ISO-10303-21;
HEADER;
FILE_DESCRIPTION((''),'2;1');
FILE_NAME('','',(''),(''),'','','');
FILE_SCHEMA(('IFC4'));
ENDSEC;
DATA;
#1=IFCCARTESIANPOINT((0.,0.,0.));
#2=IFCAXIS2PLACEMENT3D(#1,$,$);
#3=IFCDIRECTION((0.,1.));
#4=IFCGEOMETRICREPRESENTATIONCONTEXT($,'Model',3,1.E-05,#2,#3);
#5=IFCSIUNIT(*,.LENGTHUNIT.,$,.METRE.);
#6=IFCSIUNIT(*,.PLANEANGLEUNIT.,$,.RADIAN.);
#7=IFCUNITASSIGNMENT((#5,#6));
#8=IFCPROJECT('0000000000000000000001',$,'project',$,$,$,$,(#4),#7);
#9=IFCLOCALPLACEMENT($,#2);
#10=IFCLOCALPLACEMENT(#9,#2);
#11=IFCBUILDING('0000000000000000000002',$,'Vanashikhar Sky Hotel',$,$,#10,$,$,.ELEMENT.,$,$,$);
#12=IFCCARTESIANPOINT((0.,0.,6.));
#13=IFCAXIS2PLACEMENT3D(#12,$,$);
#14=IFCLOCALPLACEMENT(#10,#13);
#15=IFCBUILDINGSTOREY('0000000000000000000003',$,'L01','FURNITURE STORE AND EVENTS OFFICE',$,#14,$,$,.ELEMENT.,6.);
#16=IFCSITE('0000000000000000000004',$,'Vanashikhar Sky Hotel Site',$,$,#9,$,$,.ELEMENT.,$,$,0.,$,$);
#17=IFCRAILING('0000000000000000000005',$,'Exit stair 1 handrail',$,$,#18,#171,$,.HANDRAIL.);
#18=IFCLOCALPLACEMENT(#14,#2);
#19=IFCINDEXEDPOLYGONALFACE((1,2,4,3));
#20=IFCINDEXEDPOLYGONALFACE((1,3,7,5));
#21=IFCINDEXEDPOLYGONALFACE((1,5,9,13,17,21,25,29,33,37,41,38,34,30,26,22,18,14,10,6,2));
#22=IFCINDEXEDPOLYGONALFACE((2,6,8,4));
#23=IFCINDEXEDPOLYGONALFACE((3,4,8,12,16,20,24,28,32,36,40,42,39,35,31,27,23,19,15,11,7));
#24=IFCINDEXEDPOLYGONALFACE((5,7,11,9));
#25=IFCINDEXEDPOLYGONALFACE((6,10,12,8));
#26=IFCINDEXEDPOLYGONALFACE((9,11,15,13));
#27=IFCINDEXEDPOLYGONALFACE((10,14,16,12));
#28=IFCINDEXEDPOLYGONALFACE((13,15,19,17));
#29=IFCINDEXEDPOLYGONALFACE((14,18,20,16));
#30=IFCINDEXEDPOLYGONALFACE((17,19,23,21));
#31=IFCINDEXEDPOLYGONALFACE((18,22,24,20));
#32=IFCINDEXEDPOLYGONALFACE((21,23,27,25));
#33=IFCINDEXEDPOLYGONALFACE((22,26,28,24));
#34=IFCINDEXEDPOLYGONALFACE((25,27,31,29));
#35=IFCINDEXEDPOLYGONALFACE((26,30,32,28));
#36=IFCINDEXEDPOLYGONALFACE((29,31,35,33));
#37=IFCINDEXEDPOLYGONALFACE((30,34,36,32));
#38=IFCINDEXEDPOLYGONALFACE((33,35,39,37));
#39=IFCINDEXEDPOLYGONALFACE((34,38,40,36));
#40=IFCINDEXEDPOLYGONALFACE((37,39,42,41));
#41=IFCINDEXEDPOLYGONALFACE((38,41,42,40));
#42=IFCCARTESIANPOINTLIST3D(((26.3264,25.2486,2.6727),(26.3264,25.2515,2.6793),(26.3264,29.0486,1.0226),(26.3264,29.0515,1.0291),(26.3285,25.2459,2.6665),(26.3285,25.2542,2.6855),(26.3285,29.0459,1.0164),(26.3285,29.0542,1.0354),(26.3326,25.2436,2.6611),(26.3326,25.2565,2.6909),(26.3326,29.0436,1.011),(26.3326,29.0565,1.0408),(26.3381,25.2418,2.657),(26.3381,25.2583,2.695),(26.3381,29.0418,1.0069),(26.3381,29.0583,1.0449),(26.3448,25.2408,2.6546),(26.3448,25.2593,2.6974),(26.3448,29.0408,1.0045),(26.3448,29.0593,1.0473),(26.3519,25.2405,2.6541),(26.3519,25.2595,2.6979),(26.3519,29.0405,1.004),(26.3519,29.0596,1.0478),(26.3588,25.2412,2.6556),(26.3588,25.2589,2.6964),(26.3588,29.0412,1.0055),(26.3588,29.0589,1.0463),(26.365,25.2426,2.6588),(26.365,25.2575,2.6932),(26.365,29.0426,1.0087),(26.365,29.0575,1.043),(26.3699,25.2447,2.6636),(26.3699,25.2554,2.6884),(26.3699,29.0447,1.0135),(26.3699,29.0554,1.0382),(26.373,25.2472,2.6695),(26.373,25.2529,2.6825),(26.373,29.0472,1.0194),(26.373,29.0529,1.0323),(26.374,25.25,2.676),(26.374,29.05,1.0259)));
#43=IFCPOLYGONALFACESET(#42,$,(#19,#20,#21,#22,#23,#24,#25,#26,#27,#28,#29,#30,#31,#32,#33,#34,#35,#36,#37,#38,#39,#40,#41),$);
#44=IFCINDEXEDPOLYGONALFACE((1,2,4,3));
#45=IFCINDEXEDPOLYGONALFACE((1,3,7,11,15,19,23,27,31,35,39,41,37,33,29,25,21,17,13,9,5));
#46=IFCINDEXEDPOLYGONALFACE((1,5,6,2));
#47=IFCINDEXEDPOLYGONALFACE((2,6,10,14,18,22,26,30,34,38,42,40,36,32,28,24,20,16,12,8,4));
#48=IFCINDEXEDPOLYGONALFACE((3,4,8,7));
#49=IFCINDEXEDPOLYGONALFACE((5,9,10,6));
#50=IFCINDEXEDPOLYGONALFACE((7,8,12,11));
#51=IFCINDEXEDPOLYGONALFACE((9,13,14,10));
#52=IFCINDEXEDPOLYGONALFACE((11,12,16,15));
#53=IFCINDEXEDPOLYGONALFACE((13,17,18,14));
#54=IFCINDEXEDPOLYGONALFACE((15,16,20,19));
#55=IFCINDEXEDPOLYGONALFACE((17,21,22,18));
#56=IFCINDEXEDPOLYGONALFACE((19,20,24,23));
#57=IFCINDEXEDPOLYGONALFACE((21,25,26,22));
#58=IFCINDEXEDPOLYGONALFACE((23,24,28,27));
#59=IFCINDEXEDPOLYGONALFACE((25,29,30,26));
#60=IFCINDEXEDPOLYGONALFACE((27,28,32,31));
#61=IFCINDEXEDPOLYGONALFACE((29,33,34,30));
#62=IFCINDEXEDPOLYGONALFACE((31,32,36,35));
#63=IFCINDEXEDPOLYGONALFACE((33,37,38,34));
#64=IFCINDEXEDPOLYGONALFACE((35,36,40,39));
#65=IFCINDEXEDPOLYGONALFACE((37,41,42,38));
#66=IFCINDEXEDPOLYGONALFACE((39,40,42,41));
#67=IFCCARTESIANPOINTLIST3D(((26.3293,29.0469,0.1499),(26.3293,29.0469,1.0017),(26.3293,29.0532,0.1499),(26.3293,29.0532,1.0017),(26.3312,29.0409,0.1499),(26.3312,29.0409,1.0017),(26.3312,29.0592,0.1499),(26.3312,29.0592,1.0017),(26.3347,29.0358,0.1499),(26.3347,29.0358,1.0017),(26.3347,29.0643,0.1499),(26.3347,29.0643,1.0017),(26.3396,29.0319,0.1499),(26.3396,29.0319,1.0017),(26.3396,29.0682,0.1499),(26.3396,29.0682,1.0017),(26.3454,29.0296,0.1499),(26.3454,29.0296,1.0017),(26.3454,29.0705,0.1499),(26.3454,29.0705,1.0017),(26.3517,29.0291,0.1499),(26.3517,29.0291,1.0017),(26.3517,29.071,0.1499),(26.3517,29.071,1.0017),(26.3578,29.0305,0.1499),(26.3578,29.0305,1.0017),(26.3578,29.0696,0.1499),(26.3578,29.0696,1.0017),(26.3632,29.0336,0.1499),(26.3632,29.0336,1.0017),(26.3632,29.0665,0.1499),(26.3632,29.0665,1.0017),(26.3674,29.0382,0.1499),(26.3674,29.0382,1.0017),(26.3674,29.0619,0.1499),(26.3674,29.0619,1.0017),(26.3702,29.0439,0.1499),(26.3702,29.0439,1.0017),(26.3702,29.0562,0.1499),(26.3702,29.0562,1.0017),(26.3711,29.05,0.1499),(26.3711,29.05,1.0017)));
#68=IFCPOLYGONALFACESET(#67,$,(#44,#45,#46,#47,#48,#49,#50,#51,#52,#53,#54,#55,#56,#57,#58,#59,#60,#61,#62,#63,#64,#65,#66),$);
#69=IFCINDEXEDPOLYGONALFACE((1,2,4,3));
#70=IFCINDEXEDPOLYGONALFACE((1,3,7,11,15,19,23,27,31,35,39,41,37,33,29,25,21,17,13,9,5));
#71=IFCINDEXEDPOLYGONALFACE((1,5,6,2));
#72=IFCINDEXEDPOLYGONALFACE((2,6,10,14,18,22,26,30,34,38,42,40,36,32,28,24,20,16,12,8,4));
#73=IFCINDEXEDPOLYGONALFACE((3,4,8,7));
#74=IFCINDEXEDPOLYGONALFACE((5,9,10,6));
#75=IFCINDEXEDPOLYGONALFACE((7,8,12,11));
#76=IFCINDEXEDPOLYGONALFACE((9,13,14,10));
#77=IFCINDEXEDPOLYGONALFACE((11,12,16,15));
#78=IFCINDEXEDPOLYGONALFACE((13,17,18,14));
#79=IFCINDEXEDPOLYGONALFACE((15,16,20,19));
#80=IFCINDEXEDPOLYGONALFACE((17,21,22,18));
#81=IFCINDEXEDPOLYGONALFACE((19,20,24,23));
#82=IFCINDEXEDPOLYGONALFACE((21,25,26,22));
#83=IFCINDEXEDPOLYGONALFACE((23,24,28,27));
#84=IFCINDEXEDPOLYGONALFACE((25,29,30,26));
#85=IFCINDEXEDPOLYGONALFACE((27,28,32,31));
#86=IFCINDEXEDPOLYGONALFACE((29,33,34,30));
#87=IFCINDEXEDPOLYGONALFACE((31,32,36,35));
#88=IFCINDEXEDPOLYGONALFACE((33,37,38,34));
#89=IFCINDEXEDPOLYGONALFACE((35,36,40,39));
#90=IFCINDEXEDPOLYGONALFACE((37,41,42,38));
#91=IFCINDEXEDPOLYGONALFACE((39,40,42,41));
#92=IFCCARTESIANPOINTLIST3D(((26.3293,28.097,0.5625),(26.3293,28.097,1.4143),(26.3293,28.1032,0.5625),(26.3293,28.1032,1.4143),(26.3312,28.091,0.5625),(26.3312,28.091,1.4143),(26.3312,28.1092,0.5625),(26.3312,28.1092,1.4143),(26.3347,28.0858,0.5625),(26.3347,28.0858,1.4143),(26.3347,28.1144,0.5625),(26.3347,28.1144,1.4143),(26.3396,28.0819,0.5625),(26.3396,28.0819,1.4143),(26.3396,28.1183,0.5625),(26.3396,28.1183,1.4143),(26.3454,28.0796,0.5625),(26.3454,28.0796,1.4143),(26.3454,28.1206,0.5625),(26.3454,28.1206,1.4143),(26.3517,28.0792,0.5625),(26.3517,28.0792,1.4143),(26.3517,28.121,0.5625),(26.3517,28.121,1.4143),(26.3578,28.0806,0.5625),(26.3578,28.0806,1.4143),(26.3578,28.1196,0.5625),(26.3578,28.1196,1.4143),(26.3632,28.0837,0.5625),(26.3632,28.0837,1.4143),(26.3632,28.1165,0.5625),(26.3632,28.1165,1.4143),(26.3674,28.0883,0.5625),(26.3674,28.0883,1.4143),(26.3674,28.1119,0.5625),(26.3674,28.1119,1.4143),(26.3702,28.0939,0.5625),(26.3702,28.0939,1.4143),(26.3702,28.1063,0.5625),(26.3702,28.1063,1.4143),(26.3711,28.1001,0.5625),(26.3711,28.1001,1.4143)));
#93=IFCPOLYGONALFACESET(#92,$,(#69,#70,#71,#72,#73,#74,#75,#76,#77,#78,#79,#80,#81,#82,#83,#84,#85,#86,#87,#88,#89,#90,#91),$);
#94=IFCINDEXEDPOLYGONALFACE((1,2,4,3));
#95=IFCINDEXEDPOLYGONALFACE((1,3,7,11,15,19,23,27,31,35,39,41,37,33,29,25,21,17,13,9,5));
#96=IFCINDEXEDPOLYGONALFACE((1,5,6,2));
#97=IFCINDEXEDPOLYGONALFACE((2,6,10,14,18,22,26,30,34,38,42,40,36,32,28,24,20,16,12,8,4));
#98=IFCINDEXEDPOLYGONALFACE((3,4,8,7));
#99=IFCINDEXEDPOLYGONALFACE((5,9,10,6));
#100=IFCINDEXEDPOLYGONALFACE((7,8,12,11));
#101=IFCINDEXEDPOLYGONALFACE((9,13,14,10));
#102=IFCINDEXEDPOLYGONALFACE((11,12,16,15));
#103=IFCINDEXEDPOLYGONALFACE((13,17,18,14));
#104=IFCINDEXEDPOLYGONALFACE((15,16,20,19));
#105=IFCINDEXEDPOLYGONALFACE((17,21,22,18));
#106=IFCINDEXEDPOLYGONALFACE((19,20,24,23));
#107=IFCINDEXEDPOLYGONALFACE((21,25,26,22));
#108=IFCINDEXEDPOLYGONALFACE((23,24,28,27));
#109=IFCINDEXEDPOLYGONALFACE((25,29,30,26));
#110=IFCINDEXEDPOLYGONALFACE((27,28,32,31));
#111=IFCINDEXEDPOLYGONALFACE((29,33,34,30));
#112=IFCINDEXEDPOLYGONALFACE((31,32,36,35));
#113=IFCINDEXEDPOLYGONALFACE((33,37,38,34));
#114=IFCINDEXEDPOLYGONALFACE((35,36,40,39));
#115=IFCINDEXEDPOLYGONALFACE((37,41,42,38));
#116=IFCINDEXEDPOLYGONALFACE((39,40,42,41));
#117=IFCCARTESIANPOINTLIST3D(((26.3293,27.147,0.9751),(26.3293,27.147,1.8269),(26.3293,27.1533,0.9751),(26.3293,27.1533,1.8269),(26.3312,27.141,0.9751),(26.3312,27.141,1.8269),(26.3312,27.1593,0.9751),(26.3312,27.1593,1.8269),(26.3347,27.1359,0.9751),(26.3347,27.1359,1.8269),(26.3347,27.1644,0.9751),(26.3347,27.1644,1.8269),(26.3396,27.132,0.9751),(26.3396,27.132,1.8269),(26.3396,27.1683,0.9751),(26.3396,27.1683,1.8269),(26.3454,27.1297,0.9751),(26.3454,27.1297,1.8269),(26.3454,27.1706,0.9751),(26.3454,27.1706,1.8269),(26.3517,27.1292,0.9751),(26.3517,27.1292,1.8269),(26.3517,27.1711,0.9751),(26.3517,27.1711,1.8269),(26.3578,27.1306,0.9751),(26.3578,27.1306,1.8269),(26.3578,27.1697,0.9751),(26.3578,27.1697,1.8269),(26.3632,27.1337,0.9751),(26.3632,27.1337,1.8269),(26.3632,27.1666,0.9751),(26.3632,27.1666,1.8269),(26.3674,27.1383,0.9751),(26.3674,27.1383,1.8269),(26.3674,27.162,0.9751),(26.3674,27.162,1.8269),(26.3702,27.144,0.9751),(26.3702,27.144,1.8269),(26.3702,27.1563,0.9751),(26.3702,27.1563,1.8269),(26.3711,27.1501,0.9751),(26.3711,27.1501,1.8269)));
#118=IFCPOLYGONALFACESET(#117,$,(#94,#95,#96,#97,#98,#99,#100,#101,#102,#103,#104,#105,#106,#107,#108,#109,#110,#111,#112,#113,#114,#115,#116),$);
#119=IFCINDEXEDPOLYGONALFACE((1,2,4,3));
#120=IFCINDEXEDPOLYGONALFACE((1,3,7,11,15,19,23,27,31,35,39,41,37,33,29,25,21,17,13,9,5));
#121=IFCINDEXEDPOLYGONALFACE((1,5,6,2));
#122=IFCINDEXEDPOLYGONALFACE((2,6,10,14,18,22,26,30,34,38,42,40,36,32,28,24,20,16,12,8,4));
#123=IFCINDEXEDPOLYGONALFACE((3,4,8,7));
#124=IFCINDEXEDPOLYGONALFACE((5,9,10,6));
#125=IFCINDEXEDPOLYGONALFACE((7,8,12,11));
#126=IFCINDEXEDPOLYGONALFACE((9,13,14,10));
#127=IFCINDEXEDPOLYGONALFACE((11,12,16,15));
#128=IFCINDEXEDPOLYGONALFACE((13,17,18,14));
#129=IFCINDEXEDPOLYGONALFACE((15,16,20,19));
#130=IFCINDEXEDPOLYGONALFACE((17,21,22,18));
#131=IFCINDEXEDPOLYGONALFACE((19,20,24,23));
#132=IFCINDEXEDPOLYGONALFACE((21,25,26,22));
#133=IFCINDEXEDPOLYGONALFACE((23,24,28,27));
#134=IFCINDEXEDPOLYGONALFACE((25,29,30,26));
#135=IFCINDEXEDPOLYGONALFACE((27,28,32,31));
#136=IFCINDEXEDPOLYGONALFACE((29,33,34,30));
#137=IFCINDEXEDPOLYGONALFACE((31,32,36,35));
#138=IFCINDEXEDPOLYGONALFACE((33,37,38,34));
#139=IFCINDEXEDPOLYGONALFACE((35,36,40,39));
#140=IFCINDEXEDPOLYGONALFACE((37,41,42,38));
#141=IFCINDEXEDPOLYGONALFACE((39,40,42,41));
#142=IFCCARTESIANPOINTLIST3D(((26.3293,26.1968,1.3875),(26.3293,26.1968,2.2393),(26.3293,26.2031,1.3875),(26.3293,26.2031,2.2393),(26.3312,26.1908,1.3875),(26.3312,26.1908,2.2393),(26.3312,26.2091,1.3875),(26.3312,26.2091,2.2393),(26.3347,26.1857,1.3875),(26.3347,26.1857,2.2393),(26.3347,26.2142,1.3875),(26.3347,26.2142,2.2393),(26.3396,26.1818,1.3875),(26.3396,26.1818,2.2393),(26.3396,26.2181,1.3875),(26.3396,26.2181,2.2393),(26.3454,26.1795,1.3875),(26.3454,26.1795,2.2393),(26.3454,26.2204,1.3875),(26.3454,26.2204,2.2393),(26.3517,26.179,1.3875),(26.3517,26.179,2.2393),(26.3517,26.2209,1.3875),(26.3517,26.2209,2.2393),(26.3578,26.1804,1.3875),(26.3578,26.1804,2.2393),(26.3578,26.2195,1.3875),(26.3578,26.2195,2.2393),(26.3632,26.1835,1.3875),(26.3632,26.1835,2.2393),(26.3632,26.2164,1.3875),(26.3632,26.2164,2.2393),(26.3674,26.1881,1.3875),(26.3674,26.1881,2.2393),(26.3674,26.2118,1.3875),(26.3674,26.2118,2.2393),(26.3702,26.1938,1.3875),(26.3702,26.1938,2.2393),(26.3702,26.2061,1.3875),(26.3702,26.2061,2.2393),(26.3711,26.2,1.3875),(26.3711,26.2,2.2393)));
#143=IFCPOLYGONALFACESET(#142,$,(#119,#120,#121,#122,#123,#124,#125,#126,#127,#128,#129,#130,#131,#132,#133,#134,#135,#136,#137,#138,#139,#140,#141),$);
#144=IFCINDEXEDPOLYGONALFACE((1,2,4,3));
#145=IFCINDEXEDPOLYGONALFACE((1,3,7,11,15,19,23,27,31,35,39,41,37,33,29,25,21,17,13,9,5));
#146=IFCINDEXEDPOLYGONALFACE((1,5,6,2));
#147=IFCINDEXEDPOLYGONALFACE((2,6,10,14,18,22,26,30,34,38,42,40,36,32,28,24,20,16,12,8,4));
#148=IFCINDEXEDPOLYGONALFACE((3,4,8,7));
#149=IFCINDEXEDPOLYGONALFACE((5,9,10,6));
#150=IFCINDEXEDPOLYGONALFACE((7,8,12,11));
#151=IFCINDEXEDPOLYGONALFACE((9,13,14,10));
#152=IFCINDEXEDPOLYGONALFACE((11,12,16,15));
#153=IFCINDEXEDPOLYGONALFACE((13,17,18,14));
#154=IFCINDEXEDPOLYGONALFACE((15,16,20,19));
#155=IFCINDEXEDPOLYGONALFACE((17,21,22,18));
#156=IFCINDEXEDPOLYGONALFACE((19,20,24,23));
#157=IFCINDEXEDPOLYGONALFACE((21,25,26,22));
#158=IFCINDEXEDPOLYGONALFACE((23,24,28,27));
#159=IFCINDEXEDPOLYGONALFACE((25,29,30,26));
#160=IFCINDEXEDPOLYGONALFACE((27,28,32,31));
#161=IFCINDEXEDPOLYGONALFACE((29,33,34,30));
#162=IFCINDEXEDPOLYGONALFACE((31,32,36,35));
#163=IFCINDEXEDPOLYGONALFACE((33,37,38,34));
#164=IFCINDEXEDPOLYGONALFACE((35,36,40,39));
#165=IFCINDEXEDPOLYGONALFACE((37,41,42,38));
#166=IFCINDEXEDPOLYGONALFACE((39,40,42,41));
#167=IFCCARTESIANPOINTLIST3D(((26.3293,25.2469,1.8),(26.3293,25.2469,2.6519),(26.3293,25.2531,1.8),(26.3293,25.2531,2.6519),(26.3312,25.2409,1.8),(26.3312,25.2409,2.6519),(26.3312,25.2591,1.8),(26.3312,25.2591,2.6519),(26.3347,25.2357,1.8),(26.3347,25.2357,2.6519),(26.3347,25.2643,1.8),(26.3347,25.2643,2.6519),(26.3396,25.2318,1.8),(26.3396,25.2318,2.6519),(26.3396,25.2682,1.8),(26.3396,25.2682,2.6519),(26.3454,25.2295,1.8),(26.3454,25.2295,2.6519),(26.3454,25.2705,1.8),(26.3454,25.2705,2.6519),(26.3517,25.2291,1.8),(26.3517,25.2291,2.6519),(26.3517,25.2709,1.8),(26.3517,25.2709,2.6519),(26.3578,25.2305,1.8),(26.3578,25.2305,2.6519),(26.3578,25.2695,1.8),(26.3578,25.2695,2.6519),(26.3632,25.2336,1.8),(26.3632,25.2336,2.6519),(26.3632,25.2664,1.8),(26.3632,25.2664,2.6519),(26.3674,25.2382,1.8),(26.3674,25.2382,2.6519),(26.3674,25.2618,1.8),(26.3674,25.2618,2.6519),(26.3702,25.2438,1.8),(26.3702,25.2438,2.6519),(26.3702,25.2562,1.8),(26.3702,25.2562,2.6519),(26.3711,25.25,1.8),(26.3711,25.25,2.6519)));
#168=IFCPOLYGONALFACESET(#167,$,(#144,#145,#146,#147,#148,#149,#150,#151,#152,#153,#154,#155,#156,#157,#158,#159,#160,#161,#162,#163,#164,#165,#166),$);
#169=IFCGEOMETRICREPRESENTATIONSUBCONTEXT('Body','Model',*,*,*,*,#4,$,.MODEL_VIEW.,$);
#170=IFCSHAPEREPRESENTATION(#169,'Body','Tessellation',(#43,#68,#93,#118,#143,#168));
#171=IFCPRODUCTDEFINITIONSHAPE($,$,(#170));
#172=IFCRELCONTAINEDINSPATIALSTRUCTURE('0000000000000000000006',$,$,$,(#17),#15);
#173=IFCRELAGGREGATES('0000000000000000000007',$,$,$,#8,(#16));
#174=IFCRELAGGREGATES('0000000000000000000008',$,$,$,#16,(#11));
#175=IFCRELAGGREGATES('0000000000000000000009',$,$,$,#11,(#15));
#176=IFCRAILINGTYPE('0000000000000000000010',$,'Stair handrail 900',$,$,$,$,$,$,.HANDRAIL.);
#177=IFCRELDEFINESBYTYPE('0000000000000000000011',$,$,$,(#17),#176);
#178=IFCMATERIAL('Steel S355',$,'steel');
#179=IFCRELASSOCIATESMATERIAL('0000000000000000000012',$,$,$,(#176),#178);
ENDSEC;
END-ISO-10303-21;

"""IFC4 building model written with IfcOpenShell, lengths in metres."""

from ifc_helpers import new_model, si_unit, direction, frame, origin, origin_2d, place, context, subcontext, project, spatial, circle, extrude, source, transform, mapped, material, type_object, element, save


model = new_model("IFC4")

# Units and contexts
model_context = context("Model", 3, precision=1e-05, world=origin(), true_north=direction((0.0, 1.0)))
body_context = subcontext(model_context, "Body", "Model", "MODEL_VIEW")
ifc_project = project(units=[si_unit("LENGTHUNIT", "METRE"), si_unit("PLANEANGLEUNIT", "RADIAN")], contexts=[model_context])

# Site, building, storey
site_placement = place(None, origin())
site = spatial("IfcSite", under=ifc_project, at=site_placement, Name="Vanashikhar Sky Hotel Site", CompositionType="ELEMENT", RefElevation=0.0)
building_placement = place(site_placement, origin())
building = spatial("IfcBuilding", under=site, at=building_placement, Name="Vanashikhar Sky Hotel", CompositionType="ELEMENT")
storey_placement = place(building_placement, frame((0.0, 0.0, 6.0)))
storey = spatial("IfcBuildingStorey", under=building, at=storey_placement, Name="L01", Description="FURNITURE STORE AND EVENTS OFFICE", CompositionType="ELEMENT", Elevation=6.0)

# Railing
ifc_material_1 = material(Name="Steel S355", Category="steel")
railing_type_1 = type_object("IfcRailingType", Name="Stair handrail 900", PredefinedType="HANDRAIL", material=ifc_material_1)
shared_shape_1 = source(origin(), body_context, "Body", "SweptSolid", [
    extrude(circle(Radius=0.0239, at=origin_2d()), frame((0.0, 0.0, 0.876), z_axis=(0.0, -0.917251, 0.39831), x_axis=(1.0, 0.0, 0.0)), (0.0, 0.0, 1.0), 4.1428),
    extrude(circle(Radius=0.021, at=origin_2d()), origin(), (0.0, 0.0, 1.0), 0.8518),
    extrude(circle(Radius=0.021, at=origin_2d()), frame((0.0, -0.95, 0.4126)), (0.0, 0.0, 1.0), 0.8518),
    extrude(circle(Radius=0.021, at=origin_2d()), frame((0.0, -1.8999, 0.8252)), (0.0, 0.0, 1.0), 0.8518),
    extrude(circle(Radius=0.021, at=origin_2d()), frame((0.0, -2.8501, 1.2375)), (0.0, 0.0, 1.0), 0.8518),
    extrude(circle(Radius=0.021, at=origin_2d()), frame((0.0, -3.8, 1.6501)), (0.0, 0.0, 1.0), 0.8518),
])
railing_1_placement = place(storey_placement, frame((26.3501, 29.05, 0.1499)))
element("IfcRailing", 1, at=railing_1_placement, inside=storey, type_object=railing_type_1, Name="Exit stair 1 handrail", PredefinedType="HANDRAIL", context=body_context, shape_type="MappedRepresentation", body=[
    mapped(shared_shape_1, transform((0.0, 0.0, 0.0), scale=1.0)),
])

save(model, "model.ifc")
